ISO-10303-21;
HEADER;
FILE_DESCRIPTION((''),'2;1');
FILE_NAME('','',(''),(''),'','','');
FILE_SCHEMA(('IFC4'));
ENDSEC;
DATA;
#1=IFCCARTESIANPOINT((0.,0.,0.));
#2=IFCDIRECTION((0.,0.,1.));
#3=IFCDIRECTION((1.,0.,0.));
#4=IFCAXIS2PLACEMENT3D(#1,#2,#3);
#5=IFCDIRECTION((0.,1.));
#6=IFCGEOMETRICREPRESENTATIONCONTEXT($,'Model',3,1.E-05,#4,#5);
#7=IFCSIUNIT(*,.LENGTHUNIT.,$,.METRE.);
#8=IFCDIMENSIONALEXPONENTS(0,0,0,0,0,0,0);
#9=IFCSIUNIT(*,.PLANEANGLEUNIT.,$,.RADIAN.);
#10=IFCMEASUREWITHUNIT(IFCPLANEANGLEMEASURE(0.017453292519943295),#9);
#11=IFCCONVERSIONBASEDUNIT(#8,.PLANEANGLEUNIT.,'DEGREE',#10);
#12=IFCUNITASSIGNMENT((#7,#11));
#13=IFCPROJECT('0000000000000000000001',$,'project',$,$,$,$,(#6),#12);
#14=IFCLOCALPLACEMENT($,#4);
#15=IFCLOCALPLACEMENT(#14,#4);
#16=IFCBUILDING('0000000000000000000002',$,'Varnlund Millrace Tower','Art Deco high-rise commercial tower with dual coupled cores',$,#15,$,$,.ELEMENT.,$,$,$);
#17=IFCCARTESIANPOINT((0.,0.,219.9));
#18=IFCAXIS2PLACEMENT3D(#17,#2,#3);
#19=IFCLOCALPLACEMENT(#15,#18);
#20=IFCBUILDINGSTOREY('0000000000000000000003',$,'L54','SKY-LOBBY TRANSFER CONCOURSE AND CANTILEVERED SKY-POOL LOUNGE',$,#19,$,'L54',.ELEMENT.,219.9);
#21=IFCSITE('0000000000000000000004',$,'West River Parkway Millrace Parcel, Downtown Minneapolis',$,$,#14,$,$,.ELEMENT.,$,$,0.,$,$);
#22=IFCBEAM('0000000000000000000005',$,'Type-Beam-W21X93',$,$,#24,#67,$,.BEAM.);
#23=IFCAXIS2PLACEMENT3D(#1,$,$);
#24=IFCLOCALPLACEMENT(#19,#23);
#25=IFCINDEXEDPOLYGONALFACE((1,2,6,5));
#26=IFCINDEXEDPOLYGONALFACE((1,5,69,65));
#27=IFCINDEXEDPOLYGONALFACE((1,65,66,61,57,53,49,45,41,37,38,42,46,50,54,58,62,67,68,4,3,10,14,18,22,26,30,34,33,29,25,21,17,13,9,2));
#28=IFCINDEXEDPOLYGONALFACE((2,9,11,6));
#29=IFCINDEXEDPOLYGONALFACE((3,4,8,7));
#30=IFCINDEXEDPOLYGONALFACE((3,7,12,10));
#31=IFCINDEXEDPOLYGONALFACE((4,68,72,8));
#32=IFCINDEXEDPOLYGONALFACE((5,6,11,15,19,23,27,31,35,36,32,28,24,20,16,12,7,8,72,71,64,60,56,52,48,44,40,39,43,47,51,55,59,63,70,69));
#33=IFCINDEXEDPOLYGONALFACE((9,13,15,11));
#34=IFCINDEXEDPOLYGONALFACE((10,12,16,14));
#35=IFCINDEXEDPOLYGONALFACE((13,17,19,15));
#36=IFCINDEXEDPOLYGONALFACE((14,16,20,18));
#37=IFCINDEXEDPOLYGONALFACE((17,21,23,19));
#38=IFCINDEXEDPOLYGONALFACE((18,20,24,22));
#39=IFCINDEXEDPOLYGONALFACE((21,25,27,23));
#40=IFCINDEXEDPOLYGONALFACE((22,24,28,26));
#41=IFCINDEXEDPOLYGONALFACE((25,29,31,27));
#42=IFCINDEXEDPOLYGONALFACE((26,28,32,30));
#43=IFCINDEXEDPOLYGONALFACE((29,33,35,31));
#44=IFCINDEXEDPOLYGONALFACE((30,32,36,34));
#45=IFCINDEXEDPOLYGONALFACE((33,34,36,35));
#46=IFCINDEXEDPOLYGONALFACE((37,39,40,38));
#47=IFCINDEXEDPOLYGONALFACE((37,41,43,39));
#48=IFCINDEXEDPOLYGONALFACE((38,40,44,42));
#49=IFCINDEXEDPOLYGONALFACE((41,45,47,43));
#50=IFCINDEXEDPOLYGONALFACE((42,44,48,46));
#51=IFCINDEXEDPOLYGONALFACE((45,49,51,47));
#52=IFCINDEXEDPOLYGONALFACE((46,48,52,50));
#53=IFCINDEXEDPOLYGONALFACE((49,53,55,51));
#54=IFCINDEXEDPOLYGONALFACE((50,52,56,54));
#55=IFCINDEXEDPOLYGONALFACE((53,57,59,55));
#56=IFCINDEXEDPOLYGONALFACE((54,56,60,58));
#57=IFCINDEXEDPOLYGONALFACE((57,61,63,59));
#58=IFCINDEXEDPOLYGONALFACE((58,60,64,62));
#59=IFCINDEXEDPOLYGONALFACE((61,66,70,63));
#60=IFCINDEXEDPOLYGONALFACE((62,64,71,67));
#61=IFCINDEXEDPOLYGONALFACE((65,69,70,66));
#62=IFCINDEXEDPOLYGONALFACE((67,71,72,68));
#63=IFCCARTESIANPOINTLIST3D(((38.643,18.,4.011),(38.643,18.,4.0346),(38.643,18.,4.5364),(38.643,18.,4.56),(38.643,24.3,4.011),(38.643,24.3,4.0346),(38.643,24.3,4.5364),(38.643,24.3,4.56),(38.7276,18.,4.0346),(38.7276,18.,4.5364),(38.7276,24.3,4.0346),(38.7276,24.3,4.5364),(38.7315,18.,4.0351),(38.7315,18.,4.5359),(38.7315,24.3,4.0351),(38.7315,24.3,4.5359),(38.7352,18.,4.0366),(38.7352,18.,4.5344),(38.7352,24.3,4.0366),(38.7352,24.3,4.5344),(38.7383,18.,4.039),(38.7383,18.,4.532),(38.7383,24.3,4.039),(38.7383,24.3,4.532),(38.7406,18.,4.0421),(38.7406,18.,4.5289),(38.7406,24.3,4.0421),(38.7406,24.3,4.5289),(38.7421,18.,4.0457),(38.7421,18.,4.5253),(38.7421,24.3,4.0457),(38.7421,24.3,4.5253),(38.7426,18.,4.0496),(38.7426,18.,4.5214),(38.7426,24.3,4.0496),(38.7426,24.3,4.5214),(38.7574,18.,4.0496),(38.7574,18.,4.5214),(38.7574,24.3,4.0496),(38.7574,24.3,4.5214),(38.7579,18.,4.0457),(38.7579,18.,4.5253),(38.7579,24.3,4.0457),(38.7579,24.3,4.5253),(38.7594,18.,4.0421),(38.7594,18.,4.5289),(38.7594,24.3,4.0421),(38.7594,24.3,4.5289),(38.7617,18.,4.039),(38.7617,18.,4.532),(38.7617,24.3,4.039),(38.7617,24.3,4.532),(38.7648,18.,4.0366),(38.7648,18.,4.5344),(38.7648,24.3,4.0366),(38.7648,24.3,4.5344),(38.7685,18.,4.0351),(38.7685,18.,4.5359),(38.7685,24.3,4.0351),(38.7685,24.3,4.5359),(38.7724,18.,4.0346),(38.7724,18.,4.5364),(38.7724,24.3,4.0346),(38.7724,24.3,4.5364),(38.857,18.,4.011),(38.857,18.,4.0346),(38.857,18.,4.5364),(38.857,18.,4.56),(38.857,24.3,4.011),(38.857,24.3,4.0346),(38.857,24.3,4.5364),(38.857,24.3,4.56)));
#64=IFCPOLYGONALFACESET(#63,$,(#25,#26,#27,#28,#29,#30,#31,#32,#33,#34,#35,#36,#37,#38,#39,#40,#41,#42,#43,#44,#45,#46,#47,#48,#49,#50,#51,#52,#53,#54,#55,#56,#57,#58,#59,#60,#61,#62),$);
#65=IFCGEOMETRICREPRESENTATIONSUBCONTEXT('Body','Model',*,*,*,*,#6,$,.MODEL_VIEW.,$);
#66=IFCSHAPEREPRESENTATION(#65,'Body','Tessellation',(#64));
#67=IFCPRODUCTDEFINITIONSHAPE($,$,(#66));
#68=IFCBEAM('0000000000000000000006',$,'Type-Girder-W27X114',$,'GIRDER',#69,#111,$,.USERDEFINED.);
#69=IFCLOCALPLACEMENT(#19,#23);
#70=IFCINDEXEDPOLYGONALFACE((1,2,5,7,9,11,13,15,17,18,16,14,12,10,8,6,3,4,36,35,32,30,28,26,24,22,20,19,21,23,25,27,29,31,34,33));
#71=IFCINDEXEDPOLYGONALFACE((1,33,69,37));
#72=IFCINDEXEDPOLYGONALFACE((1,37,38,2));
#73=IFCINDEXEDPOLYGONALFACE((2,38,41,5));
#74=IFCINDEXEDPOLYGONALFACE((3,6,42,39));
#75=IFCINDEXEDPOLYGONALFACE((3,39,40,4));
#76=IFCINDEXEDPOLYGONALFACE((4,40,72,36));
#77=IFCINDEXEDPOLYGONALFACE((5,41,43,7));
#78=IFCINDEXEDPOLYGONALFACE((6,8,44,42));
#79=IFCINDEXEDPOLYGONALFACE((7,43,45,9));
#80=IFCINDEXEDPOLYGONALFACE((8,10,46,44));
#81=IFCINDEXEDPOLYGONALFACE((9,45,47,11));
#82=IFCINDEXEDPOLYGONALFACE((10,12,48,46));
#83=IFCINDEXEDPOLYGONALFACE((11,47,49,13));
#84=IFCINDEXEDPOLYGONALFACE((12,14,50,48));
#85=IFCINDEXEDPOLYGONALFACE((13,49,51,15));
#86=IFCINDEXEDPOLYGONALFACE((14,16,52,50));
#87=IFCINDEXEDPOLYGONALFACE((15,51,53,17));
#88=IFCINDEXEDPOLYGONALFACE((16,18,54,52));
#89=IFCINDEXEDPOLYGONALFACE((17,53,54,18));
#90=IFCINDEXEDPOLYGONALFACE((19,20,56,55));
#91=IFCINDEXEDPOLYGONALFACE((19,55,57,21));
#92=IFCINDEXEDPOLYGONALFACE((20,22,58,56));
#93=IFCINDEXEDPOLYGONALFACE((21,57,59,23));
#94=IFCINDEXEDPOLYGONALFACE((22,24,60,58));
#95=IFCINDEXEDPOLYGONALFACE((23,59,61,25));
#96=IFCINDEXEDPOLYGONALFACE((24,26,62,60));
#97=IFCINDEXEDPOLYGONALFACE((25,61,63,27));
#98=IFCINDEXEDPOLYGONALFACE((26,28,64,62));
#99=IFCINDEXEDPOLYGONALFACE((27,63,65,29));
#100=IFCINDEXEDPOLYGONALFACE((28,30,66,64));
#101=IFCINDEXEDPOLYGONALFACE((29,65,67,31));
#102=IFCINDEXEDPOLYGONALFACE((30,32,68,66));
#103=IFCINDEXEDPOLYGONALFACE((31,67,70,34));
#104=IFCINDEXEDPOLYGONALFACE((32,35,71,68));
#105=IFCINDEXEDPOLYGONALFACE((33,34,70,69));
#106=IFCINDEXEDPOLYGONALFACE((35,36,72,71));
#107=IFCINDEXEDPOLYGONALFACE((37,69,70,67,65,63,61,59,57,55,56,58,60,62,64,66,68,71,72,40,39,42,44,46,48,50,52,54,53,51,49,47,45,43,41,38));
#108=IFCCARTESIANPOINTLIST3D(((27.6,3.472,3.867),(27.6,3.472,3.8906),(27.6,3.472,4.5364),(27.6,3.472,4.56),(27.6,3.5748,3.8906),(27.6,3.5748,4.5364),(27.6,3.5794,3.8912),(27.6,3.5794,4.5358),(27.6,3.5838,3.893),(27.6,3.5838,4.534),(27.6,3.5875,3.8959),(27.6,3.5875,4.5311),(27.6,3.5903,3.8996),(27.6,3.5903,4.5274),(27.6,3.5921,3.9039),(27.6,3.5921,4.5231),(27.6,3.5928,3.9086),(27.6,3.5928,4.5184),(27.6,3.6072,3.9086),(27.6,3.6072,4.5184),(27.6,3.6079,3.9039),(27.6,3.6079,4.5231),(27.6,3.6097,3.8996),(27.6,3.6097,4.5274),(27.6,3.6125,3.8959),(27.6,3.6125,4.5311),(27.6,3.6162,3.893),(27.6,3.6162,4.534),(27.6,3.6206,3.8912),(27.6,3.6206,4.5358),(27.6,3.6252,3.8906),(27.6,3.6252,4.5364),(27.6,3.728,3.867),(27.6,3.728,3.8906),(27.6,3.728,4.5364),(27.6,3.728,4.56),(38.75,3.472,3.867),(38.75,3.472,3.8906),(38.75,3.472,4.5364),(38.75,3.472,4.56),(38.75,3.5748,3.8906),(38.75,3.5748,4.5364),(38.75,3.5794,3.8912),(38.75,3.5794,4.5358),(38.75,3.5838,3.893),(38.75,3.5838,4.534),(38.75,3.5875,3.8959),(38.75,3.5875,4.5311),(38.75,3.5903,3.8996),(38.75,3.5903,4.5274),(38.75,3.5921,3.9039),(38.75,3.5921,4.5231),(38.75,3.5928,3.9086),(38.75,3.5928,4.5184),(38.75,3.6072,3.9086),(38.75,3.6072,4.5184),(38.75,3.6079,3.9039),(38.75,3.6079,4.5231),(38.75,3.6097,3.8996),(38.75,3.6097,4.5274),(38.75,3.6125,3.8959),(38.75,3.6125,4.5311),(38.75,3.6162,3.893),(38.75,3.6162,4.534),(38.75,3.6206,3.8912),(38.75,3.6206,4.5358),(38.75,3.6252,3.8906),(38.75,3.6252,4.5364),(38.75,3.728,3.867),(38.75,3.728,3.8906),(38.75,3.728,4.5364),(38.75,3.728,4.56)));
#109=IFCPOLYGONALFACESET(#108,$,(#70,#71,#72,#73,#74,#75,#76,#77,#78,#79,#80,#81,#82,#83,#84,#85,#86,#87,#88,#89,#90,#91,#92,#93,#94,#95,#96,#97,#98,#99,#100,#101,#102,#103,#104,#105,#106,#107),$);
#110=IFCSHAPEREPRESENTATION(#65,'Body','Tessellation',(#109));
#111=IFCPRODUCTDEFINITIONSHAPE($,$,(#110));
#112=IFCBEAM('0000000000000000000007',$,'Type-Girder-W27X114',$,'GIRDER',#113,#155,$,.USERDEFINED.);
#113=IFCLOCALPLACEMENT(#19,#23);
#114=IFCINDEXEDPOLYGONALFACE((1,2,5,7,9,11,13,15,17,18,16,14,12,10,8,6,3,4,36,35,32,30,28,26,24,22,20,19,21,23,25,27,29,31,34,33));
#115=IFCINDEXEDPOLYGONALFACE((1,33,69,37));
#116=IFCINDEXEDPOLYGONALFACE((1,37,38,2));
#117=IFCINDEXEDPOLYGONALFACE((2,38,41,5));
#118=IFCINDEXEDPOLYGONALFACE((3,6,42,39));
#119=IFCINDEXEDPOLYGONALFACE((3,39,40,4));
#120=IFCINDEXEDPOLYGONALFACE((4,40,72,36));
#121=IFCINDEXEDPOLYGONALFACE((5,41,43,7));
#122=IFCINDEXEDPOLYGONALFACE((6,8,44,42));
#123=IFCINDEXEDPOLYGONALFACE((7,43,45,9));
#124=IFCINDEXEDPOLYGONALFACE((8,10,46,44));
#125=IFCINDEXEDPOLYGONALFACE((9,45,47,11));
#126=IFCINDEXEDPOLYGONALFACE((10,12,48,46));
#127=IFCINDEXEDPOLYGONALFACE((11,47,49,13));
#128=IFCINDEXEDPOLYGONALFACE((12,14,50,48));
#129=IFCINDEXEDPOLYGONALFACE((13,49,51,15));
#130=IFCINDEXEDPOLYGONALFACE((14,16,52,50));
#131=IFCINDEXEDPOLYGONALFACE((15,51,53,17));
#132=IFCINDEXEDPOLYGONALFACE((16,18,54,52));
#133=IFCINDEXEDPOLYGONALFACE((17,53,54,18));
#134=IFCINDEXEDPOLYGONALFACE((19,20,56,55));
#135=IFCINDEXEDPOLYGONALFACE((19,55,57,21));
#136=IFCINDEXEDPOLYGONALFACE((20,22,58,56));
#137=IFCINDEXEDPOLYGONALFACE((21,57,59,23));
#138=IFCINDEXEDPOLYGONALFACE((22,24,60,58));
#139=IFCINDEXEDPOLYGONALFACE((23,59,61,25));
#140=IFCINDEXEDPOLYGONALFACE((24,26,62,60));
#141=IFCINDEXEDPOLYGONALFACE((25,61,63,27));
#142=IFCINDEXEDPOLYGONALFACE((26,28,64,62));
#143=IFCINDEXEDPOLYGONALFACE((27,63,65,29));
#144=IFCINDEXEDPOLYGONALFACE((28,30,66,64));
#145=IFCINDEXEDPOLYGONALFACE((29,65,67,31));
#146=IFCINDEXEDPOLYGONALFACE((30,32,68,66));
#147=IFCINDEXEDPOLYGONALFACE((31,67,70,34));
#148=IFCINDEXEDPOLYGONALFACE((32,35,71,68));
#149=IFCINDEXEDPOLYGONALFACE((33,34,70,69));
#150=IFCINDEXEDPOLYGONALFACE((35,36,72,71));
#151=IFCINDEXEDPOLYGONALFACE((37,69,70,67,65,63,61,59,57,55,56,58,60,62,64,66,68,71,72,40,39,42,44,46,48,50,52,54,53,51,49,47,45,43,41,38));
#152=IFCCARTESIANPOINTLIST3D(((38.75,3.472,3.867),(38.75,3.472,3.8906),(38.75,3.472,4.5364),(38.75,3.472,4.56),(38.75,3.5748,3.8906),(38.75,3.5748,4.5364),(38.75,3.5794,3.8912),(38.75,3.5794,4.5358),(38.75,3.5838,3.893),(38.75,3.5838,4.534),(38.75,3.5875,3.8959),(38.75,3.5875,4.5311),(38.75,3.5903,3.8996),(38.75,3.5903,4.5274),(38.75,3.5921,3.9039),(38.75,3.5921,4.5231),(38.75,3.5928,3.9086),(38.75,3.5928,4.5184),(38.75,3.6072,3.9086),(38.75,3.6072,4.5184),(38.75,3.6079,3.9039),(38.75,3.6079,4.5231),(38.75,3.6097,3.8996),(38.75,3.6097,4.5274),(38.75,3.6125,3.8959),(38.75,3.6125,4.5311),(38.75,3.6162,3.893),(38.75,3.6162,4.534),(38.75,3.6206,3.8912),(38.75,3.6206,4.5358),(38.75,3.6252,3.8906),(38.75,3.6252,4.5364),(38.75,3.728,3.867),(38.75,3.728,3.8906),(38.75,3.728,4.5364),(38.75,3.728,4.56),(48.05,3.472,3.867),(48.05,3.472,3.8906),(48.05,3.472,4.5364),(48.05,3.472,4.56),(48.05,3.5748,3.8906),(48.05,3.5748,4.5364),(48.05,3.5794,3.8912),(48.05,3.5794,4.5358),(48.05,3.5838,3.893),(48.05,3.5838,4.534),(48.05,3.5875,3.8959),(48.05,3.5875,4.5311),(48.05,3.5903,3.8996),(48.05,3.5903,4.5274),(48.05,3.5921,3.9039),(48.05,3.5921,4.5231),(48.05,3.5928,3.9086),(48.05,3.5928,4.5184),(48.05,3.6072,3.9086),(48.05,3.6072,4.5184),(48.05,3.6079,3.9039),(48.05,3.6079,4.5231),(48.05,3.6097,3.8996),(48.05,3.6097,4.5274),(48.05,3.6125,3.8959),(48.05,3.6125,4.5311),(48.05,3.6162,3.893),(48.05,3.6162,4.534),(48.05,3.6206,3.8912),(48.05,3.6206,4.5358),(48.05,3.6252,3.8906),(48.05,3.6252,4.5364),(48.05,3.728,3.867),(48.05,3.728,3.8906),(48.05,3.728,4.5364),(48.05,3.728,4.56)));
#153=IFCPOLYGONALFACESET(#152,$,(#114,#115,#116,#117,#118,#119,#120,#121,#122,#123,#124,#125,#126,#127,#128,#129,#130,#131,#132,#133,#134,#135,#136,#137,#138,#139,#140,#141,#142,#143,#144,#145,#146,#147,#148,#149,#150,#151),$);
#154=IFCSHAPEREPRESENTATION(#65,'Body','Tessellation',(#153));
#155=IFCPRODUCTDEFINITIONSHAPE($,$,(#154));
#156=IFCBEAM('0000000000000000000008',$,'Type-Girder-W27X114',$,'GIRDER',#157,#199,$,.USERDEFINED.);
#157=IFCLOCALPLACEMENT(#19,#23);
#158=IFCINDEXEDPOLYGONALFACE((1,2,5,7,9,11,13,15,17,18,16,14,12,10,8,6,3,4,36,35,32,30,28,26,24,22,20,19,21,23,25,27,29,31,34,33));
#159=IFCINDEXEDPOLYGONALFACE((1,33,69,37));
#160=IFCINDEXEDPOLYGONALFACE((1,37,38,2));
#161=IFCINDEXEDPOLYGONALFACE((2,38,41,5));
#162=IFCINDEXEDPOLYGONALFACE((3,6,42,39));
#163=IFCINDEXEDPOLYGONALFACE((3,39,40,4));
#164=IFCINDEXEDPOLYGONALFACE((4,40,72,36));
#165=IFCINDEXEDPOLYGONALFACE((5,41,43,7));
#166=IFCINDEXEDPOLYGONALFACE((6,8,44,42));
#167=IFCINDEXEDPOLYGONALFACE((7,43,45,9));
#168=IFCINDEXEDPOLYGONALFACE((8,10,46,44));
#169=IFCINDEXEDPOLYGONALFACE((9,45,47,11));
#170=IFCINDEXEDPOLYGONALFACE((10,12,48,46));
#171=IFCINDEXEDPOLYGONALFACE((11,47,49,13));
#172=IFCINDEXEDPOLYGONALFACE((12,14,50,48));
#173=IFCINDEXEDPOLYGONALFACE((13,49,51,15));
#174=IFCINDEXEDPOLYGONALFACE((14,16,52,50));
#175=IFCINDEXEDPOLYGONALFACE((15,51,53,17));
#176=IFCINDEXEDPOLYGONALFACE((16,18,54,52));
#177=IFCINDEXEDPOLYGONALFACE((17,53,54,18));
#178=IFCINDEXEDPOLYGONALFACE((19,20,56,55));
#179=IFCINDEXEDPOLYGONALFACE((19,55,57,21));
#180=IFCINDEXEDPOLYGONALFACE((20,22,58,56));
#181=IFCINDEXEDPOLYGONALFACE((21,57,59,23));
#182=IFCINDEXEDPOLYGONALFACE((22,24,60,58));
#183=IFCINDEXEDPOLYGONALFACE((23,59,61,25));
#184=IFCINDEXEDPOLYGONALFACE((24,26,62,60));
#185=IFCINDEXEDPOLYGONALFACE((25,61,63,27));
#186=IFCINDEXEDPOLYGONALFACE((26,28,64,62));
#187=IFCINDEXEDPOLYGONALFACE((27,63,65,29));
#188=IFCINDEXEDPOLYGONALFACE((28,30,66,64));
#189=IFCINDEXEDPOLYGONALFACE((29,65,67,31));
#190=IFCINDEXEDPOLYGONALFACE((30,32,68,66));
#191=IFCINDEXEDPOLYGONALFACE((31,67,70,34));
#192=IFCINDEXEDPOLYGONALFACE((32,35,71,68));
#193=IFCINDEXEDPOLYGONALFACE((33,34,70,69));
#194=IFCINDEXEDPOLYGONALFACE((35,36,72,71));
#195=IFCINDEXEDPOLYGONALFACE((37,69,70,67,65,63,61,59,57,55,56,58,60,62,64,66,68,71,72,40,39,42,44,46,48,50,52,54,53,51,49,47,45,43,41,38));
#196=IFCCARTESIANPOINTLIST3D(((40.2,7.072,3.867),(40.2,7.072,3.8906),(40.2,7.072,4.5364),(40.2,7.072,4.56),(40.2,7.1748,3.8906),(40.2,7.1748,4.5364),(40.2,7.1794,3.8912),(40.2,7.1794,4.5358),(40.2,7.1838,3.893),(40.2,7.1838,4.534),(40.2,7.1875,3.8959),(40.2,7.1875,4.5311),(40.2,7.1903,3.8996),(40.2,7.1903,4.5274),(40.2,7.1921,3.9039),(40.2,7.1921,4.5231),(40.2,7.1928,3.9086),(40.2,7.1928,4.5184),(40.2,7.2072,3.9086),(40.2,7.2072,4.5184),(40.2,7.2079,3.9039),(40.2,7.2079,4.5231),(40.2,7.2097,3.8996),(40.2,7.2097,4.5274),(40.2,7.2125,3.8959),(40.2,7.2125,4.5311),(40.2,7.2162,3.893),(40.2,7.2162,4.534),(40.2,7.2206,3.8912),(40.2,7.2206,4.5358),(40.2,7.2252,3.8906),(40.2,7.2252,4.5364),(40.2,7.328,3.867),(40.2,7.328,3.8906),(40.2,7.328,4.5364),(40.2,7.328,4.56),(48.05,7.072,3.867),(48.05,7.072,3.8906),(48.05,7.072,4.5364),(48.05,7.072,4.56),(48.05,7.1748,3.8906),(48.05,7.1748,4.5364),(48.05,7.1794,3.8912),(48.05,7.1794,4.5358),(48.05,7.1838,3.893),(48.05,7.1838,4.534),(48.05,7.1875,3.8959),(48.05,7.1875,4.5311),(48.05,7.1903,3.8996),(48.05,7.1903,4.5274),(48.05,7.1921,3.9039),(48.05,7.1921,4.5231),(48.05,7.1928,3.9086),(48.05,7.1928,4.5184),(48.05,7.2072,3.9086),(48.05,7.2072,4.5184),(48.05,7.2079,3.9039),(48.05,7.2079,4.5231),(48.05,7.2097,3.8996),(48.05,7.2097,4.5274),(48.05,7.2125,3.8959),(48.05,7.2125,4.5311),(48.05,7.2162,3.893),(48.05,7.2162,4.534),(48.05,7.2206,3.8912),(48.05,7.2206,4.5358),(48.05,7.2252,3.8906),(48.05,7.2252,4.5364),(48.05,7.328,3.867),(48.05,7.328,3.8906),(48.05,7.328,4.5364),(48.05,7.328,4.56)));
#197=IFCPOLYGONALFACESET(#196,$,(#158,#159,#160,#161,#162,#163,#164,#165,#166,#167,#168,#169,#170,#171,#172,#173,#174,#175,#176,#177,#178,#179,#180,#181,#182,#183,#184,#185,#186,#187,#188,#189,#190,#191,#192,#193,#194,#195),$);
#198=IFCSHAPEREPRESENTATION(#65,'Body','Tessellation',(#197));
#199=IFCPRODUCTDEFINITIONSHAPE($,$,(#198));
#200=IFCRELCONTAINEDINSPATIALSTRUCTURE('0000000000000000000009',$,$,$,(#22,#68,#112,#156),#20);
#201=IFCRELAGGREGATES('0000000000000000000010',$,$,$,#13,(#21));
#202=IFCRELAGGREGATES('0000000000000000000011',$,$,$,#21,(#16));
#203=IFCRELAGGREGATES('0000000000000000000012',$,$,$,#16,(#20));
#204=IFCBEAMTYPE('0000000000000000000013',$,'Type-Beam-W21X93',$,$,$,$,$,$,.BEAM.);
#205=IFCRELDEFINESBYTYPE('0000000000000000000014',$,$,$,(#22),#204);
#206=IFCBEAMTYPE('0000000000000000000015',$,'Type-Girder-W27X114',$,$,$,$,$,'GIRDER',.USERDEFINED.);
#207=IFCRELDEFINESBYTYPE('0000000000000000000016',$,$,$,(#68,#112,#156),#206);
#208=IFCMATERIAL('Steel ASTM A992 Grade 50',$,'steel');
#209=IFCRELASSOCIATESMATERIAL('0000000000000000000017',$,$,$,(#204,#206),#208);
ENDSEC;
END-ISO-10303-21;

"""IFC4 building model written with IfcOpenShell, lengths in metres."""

from ifc_helpers import new_model, entity, si_unit, converted_unit, direction, frame, origin_with_axes, origin_2d_with_axis, place, context, subcontext, project, spatial, i_section, extrude, material, material_profile, profile_set, type_object, element, save


model = new_model("IFC4")

# Units and contexts
model_context = context("Model", 3, precision=1e-05, world=origin_with_axes(), true_north=direction((0.0, 1.0)))
body_context = subcontext(model_context, "Body", "Model", "MODEL_VIEW")
ifc_project = project(units=[si_unit("LENGTHUNIT", "METRE"), converted_unit("PLANEANGLEUNIT", "DEGREE", entity("IfcPlaneAngleMeasure", 0.017453292519943295), si_unit("PLANEANGLEUNIT", "RADIAN"), dimensions=[0, 0, 0, 0, 0, 0, 0])], contexts=[model_context])

# Site, building, storey
site_placement = place(None, origin_with_axes())
site = spatial("IfcSite", under=ifc_project, at=site_placement, Name="West River Parkway Millrace Parcel, Downtown Minneapolis", CompositionType="ELEMENT", RefElevation=0.0)
building_placement = place(site_placement, origin_with_axes())
building = spatial("IfcBuilding", under=site, at=building_placement, Name="Varnlund Millrace Tower", Description="Art Deco high-rise commercial tower with dual coupled cores", CompositionType="ELEMENT")
storey_placement = place(building_placement, frame((0.0, 0.0, 219.9), z_axis=(0.0, 0.0, 1.0), x_axis=(1.0, 0.0, 0.0)))
storey = spatial("IfcBuildingStorey", under=building, at=storey_placement, Name="L54", Description="SKY-LOBBY TRANSFER CONCOURSE AND CANTILEVERED SKY-POOL LOUNGE", LongName="L54", CompositionType="ELEMENT", Elevation=219.9)

# Beams
ifc_material_1 = material(Name="Steel ASTM A992 Grade 50", Category="steel")
ifc_material_profile_1 = material_profile(ifc_material_1, i_section(OverallWidth=0.214, OverallDepth=0.549, WebThickness=0.0147, FlangeThickness=0.0236, FilletRadius=0.015, at=origin_2d_with_axis()), Name="Steel ASTM A992 Grade 50")
ifc_profile_set_1 = profile_set([ifc_material_profile_1], Name="Steel ASTM A992 Grade 50")
beam_type_1 = type_object("IfcBeamType", Name="Type-Beam-W21X93", PredefinedType="BEAM", material=ifc_profile_set_1)
beam_1_placement = place(storey_placement, frame((38.75, 18.0, 4.2855), z_axis=(0.0, 1.0, 0.0), x_axis=(-1.0, 0.0, 0.0)))
element("IfcBeam", 1, at=beam_1_placement, inside=storey, type_object=beam_type_1, Name="Type-Beam-W21X93", PredefinedType="BEAM", context=body_context, shape_type="SweptSolid", body=[
    extrude(i_section(OverallWidth=0.214, OverallDepth=0.549, WebThickness=0.0147, FlangeThickness=0.0236, FilletRadius=0.015, at=origin_2d_with_axis()), origin_with_axes(), (0.0, 0.0, 1.0), 6.3),
])
ifc_material_profile_2 = material_profile(ifc_material_1, i_section(OverallWidth=0.256, OverallDepth=0.693, WebThickness=0.0145, FlangeThickness=0.0236, FilletRadius=0.018, at=origin_2d_with_axis()), Name="Steel ASTM A992 Grade 50")
ifc_profile_set_2 = profile_set([ifc_material_profile_2], Name="Steel ASTM A992 Grade 50")
beam_type_2 = type_object("IfcBeamType", Name="Type-Girder-W27X114", ElementType="GIRDER", PredefinedType="USERDEFINED", material=ifc_profile_set_2)
beam_2_placement = place(storey_placement, frame((27.6, 3.6, 4.2135), z_axis=(1.0, 0.0, 0.0), x_axis=(0.0, 1.0, 0.0)))
element("IfcBeam", 2, at=beam_2_placement, inside=storey, type_object=beam_type_2, Name="Type-Girder-W27X114", ObjectType="GIRDER", PredefinedType="USERDEFINED", context=body_context, shape_type="SweptSolid", body=[
    extrude(i_section(OverallWidth=0.256, OverallDepth=0.693, WebThickness=0.0145, FlangeThickness=0.0236, FilletRadius=0.018, at=origin_2d_with_axis()), origin_with_axes(), (0.0, 0.0, 1.0), 11.15),
])
beam_3_placement = place(storey_placement, frame((38.75, 3.6, 4.2135), z_axis=(1.0, 0.0, 0.0), x_axis=(0.0, 1.0, 0.0)))
element("IfcBeam", 3, at=beam_3_placement, inside=storey, type_object=beam_type_2, Name="Type-Girder-W27X114", ObjectType="GIRDER", PredefinedType="USERDEFINED", context=body_context, shape_type="SweptSolid", body=[
    extrude(i_section(OverallWidth=0.256, OverallDepth=0.693, WebThickness=0.0145, FlangeThickness=0.0236, FilletRadius=0.018, at=origin_2d_with_axis()), origin_with_axes(), (0.0, 0.0, 1.0), 9.3),
])
beam_4_placement = place(storey_placement, frame((40.2, 7.2, 4.2135), z_axis=(1.0, 0.0, 0.0), x_axis=(0.0, 1.0, 0.0)))
element("IfcBeam", 4, at=beam_4_placement, inside=storey, type_object=beam_type_2, Name="Type-Girder-W27X114", ObjectType="GIRDER", PredefinedType="USERDEFINED", context=body_context, shape_type="SweptSolid", body=[
    extrude(i_section(OverallWidth=0.256, OverallDepth=0.693, WebThickness=0.0145, FlangeThickness=0.0236, FilletRadius=0.018, at=origin_2d_with_axis()), origin_with_axes(), (0.0, 0.0, 1.0), 7.85),
])

save(model, "model.ifc")
